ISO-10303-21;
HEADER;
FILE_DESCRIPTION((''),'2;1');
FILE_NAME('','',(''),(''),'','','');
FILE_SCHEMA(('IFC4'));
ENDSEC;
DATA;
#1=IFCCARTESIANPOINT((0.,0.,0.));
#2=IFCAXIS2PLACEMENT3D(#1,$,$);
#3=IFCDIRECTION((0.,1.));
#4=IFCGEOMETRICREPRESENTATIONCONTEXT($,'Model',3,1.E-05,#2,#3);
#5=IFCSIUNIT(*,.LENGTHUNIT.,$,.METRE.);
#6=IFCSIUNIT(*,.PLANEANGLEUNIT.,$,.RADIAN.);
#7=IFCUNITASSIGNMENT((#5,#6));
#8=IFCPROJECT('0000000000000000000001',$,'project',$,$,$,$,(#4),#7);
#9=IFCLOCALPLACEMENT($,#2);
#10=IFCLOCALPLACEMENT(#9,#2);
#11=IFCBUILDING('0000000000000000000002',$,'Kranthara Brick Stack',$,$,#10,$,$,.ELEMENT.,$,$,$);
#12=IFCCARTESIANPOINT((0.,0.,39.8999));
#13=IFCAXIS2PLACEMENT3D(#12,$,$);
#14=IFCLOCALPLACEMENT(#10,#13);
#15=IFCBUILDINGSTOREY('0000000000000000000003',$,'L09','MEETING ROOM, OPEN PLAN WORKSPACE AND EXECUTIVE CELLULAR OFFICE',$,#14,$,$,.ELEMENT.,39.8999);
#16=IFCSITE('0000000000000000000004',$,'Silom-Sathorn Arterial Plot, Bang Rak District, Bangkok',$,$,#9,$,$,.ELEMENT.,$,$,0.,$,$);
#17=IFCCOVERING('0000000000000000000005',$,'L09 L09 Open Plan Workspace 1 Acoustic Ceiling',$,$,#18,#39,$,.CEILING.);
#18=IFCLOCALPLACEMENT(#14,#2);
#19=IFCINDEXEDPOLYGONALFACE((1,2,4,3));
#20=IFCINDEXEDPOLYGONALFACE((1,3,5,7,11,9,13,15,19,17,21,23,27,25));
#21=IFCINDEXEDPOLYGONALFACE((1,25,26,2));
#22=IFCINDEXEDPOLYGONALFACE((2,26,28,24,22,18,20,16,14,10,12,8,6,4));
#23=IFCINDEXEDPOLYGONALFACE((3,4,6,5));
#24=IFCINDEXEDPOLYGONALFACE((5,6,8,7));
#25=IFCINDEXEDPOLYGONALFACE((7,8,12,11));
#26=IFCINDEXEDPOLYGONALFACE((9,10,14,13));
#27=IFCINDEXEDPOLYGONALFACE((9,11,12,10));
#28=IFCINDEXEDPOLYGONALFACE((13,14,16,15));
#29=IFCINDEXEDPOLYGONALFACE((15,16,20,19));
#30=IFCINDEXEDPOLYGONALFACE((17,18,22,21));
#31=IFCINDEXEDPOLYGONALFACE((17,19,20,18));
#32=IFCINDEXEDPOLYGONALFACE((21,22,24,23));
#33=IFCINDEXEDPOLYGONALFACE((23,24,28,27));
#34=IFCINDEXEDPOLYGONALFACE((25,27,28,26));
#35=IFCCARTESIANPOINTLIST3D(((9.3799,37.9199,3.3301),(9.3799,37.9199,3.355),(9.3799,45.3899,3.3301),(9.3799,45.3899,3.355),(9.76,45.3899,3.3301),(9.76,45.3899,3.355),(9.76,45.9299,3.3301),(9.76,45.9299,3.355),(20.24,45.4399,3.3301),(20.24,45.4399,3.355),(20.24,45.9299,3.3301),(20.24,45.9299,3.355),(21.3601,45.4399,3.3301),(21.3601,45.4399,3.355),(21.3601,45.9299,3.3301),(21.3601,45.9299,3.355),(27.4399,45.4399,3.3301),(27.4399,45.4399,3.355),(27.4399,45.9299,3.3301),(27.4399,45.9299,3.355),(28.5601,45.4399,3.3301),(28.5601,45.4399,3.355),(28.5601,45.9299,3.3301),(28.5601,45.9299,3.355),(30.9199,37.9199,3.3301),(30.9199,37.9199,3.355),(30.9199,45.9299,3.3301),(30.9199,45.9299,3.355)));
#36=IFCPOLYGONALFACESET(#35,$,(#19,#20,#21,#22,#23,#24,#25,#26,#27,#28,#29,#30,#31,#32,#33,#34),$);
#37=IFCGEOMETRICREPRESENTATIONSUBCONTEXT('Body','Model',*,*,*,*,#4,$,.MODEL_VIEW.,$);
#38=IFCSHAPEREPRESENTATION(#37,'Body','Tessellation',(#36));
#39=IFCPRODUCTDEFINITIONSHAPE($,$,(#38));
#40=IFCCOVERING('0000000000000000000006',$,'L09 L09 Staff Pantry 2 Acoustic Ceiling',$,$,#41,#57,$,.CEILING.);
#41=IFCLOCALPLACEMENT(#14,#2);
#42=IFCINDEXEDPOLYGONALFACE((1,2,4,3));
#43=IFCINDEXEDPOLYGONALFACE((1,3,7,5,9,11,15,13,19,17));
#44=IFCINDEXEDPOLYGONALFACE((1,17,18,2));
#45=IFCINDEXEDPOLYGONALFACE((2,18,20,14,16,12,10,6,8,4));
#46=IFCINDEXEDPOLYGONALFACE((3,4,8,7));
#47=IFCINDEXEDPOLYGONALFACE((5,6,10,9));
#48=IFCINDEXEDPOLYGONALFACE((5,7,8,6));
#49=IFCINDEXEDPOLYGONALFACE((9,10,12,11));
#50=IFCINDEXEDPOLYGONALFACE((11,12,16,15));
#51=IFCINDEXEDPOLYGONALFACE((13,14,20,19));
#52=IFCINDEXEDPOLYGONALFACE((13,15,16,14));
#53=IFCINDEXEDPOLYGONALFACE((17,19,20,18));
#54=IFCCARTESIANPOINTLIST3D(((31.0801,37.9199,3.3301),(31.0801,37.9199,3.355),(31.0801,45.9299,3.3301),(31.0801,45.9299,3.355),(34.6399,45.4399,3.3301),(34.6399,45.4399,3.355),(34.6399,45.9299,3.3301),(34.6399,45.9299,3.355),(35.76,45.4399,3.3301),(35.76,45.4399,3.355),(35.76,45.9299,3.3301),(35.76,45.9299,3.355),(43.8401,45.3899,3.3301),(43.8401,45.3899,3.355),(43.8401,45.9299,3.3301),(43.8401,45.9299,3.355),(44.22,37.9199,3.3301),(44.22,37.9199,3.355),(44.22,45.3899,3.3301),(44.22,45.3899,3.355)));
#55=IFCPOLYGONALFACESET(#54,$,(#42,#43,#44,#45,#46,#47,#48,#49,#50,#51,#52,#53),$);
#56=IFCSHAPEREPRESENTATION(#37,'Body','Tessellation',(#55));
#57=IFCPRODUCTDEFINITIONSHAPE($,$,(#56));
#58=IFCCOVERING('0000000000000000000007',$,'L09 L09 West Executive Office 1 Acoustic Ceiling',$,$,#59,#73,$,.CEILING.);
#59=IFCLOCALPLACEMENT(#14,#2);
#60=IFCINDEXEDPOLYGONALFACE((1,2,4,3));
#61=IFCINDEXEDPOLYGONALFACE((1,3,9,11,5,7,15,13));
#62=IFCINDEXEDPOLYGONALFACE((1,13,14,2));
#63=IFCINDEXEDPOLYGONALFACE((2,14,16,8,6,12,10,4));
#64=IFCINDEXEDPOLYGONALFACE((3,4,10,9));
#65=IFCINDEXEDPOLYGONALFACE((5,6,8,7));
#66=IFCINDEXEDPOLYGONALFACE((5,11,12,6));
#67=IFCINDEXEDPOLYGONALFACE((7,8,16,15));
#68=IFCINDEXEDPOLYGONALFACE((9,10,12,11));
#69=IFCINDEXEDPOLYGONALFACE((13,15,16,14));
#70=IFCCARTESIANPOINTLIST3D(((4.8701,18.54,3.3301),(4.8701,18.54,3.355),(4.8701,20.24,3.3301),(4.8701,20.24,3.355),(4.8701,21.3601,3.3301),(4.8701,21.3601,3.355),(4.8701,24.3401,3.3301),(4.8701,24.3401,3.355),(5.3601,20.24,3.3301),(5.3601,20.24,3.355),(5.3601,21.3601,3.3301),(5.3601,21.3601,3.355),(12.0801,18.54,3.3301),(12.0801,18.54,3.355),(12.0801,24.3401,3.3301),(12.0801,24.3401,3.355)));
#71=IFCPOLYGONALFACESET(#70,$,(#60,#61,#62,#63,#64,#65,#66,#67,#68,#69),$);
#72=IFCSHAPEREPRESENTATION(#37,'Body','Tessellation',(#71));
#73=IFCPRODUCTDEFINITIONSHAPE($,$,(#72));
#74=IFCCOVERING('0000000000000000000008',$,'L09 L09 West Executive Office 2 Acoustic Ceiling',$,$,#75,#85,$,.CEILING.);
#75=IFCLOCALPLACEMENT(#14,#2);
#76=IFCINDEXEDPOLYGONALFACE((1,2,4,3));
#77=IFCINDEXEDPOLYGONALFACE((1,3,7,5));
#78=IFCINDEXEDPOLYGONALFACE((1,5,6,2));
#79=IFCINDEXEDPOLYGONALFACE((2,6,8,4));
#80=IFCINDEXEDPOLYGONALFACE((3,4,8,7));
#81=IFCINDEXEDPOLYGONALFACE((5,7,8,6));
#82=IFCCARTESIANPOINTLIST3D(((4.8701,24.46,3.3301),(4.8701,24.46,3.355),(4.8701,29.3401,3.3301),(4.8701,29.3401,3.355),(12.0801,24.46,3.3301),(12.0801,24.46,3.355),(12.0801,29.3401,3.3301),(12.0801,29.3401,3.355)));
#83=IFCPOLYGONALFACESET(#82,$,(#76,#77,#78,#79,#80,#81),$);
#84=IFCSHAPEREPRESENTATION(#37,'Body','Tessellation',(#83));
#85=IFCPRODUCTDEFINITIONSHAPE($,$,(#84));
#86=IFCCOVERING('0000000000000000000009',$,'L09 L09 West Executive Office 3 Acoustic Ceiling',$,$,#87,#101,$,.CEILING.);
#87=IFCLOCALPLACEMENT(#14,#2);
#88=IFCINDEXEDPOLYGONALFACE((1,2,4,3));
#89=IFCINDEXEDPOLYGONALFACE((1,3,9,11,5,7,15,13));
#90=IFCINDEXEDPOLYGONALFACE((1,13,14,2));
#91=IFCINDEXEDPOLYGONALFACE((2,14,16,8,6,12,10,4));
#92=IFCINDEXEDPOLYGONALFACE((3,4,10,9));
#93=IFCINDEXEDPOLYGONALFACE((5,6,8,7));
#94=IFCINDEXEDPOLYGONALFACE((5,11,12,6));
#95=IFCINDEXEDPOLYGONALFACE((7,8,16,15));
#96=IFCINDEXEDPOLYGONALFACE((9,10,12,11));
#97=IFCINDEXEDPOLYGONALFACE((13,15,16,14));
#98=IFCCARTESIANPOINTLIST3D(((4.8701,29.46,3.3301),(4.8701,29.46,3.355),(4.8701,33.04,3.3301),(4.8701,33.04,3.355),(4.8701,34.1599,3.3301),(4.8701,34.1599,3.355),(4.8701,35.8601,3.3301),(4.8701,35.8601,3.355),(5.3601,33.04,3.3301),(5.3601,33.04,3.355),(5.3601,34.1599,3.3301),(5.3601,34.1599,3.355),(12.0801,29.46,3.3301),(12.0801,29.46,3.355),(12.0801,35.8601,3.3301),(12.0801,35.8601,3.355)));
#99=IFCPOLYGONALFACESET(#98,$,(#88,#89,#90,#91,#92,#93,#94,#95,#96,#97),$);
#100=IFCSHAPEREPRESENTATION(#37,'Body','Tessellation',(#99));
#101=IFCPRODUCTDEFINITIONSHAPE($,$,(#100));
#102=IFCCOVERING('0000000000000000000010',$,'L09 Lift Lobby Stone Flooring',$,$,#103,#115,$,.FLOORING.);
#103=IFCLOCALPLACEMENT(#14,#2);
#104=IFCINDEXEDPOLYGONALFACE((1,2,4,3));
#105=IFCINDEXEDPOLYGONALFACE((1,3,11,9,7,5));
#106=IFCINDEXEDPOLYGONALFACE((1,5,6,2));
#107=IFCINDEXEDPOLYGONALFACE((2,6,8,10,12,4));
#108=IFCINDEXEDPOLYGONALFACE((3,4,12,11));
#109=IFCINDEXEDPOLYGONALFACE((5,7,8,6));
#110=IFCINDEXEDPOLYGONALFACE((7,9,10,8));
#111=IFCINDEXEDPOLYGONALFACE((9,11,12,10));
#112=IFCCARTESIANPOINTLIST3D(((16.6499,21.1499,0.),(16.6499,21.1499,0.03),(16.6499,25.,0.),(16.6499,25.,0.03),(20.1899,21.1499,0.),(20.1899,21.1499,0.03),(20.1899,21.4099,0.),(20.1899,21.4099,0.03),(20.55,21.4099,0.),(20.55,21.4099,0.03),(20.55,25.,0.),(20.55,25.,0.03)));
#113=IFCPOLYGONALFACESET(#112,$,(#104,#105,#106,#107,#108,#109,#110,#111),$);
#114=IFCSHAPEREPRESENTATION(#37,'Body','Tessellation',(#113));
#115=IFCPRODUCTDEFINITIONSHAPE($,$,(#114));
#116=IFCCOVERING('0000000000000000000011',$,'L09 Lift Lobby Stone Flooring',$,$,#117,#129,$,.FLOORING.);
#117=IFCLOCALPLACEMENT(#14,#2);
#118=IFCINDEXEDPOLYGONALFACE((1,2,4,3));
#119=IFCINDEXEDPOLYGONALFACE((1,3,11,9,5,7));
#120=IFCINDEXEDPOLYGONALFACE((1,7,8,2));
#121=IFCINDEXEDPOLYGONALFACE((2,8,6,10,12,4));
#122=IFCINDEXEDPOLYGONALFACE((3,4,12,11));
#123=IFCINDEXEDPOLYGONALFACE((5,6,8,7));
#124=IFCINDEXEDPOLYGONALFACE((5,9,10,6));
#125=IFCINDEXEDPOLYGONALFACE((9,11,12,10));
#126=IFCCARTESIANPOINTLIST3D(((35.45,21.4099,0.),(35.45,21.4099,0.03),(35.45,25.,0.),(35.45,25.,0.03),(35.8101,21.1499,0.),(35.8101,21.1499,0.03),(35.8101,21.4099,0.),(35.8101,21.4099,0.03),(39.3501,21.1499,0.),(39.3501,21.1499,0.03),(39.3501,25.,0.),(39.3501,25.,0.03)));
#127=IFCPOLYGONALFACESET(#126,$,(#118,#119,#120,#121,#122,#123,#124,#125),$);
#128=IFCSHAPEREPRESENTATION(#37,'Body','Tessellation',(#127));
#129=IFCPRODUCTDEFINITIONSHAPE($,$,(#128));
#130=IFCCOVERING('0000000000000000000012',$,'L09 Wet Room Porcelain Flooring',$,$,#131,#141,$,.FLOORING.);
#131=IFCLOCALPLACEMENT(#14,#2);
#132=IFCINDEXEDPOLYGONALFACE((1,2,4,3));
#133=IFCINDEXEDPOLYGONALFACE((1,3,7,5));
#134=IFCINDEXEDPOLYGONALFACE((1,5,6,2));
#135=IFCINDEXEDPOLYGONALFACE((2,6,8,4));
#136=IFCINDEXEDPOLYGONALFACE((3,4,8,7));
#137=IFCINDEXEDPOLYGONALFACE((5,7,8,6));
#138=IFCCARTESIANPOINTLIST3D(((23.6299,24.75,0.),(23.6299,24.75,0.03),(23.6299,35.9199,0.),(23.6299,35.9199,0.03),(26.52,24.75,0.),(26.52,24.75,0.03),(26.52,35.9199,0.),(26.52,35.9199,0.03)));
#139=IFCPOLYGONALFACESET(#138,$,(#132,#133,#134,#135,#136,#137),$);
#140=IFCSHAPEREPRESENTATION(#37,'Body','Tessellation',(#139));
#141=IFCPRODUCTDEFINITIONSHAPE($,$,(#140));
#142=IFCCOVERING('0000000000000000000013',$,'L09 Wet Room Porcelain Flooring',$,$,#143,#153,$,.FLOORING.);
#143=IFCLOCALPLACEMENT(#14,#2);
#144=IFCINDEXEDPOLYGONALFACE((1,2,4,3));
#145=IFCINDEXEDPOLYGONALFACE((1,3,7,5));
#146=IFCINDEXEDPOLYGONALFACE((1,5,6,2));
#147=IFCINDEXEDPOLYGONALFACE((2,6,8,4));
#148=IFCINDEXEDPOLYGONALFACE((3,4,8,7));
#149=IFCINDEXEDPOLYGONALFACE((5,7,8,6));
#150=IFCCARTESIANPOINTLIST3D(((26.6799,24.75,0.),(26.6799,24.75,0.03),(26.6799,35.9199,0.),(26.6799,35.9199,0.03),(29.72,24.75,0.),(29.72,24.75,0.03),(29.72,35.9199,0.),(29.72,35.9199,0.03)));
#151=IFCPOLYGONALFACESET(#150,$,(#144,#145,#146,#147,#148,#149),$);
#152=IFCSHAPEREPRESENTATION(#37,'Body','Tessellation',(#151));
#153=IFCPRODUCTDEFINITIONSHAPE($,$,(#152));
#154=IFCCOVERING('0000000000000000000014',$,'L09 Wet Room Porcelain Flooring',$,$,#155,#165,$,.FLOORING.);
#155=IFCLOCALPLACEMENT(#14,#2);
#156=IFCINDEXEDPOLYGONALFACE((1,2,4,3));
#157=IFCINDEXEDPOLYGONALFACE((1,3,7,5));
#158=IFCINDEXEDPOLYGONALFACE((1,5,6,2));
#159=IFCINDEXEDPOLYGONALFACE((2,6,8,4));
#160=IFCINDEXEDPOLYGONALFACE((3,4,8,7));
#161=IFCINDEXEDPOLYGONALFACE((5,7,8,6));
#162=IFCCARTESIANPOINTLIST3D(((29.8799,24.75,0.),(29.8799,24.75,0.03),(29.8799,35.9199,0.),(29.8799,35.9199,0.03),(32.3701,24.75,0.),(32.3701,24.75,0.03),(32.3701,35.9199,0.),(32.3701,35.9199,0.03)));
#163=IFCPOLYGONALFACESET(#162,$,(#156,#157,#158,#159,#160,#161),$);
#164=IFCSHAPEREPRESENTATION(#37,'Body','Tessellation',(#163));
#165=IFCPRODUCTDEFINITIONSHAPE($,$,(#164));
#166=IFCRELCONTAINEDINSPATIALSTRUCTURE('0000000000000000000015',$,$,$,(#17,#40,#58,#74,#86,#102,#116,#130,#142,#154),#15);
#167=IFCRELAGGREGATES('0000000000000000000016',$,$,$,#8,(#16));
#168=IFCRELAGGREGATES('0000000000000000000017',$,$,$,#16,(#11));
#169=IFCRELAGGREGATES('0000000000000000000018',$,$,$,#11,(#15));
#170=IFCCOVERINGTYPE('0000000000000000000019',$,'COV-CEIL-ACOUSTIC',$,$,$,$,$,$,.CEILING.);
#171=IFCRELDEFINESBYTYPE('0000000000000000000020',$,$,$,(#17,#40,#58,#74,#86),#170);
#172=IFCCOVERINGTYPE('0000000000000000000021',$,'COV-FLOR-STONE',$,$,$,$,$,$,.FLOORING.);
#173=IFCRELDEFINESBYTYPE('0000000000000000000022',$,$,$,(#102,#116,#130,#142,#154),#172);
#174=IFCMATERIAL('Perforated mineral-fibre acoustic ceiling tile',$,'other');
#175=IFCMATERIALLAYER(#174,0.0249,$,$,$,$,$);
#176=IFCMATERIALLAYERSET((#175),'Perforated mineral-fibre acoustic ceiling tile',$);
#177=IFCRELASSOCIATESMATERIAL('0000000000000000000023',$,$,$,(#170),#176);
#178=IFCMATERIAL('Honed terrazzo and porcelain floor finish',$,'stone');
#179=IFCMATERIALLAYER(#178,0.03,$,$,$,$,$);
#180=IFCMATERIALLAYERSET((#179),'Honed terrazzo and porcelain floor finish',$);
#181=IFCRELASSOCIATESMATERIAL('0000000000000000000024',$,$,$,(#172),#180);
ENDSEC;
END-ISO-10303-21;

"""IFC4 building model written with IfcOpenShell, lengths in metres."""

from ifc_helpers import new_model, si_unit, direction, frame, origin, place, context, subcontext, project, spatial, polyline, outline, extrude, material, layer, layer_set, type_object, element, save


model = new_model("IFC4")

# Units and contexts
model_context = context("Model", 3, precision=1e-05, world=origin(), true_north=direction((0.0, 1.0)))
body_context = subcontext(model_context, "Body", "Model", "MODEL_VIEW")
ifc_project = project(units=[si_unit("LENGTHUNIT", "METRE"), si_unit("PLANEANGLEUNIT", "RADIAN")], contexts=[model_context])

# Site, building, storey
site_placement = place(None, origin())
site = spatial("IfcSite", under=ifc_project, at=site_placement, Name="Silom-Sathorn Arterial Plot, Bang Rak District, Bangkok", CompositionType="ELEMENT", RefElevation=0.0)
building_placement = place(site_placement, origin())
building = spatial("IfcBuilding", under=site, at=building_placement, Name="Kranthara Brick Stack", CompositionType="ELEMENT")
storey_placement = place(building_placement, frame((0.0, 0.0, 39.8999)))
storey = spatial("IfcBuildingStorey", under=building, at=storey_placement, Name="L09", Description="MEETING ROOM, OPEN PLAN WORKSPACE AND EXECUTIVE CELLULAR OFFICE", CompositionType="ELEMENT", Elevation=39.8999)

# Coverings
ifc_material_1 = material(Name="Perforated mineral-fibre acoustic ceiling tile", Category="other")
ifc_layer_1 = layer(ifc_material_1, 0.0249)
ifc_layer_set_1 = layer_set([ifc_layer_1], Name="Perforated mineral-fibre acoustic ceiling tile")
covering_type_1 = type_object("IfcCoveringType", Name="COV-CEIL-ACOUSTIC", PredefinedType="CEILING", material=ifc_layer_set_1)
covering_1_placement = place(storey_placement, frame((0.0, 0.0, 3.3301)))
element("IfcCovering", 1, at=covering_1_placement, inside=storey, type_object=covering_type_1, Name="L09 L09 Open Plan Workspace 1 Acoustic Ceiling", PredefinedType="CEILING", context=body_context, shape_type="SweptSolid", body=[
    extrude(outline(polyline([(9.3799, 37.9199), (9.3799, 45.3899), (9.76, 45.3899), (9.76, 45.9299), (20.24, 45.9299), (20.24, 45.4399), (21.3601, 45.4399), (21.3601, 45.9299), (27.4399, 45.9299), (27.4399, 45.4399), (28.5601, 45.4399), (28.5601, 45.9299), (30.9199, 45.9299), (30.9199, 37.9199), (9.3799, 37.9199)])), origin(), (0.0, 0.0, 1.0), 0.0249),
])
covering_2_placement = place(storey_placement, frame((0.0, 0.0, 3.3301)))
element("IfcCovering", 2, at=covering_2_placement, inside=storey, type_object=covering_type_1, Name="L09 L09 Staff Pantry 2 Acoustic Ceiling", PredefinedType="CEILING", context=body_context, shape_type="SweptSolid", body=[
    extrude(outline(polyline([(44.22, 37.9199), (31.0801, 37.9199), (31.0801, 45.9299), (34.6399, 45.9299), (34.6399, 45.4399), (35.76, 45.4399), (35.76, 45.9299), (43.8401, 45.9299), (43.8401, 45.3899), (44.22, 45.3899), (44.22, 37.9199)])), origin(), (0.0, 0.0, 1.0), 0.0249),
])
covering_3_placement = place(storey_placement, frame((0.0, 0.0, 3.3301)))
element("IfcCovering", 3, at=covering_3_placement, inside=storey, type_object=covering_type_1, Name="L09 L09 West Executive Office 1 Acoustic Ceiling", PredefinedType="CEILING", context=body_context, shape_type="SweptSolid", body=[
    extrude(outline(polyline([(4.8701, 24.3401), (12.0801, 24.3401), (12.0801, 18.54), (4.8701, 18.54), (4.8701, 20.24), (5.3601, 20.24), (5.3601, 21.3601), (4.8701, 21.3601), (4.8701, 24.3401)])), origin(), (0.0, 0.0, 1.0), 0.0249),
])
covering_4_placement = place(storey_placement, frame((0.0, 0.0, 3.3301)))
element("IfcCovering", 4, at=covering_4_placement, inside=storey, type_object=covering_type_1, Name="L09 L09 West Executive Office 2 Acoustic Ceiling", PredefinedType="CEILING", context=body_context, shape_type="SweptSolid", body=[
    extrude(outline(polyline([(12.0801, 24.46), (12.0801, 29.3401), (4.8701, 29.3401), (4.8701, 24.46), (12.0801, 24.46)])), origin(), (0.0, 0.0, 1.0), 0.0249),
])
covering_5_placement = place(storey_placement, frame((0.0, 0.0, 3.3301)))
element("IfcCovering", 5, at=covering_5_placement, inside=storey, type_object=covering_type_1, Name="L09 L09 West Executive Office 3 Acoustic Ceiling", PredefinedType="CEILING", context=body_context, shape_type="SweptSolid", body=[
    extrude(outline(polyline([(4.8701, 35.8601), (12.0801, 35.8601), (12.0801, 29.46), (4.8701, 29.46), (4.8701, 33.04), (5.3601, 33.04), (5.3601, 34.1599), (4.8701, 34.1599), (4.8701, 35.8601)])), origin(), (0.0, 0.0, 1.0), 0.0249),
])
ifc_material_2 = material(Name="Honed terrazzo and porcelain floor finish", Category="stone")
ifc_layer_2 = layer(ifc_material_2, 0.03)
ifc_layer_set_2 = layer_set([ifc_layer_2], Name="Honed terrazzo and porcelain floor finish")
covering_type_2 = type_object("IfcCoveringType", Name="COV-FLOR-STONE", PredefinedType="FLOORING", material=ifc_layer_set_2)
covering_6_placement = place(storey_placement, origin())
element("IfcCovering", 6, at=covering_6_placement, inside=storey, type_object=covering_type_2, Name="L09 Lift Lobby Stone Flooring", PredefinedType="FLOORING", context=body_context, shape_type="SweptSolid", body=[
    extrude(outline(polyline([(16.6499, 21.1499), (16.6499, 25.0), (20.55, 25.0), (20.55, 21.4099), (20.1899, 21.4099), (20.1899, 21.1499), (16.6499, 21.1499)])), origin(), (0.0, 0.0, 1.0), 0.03),
])
covering_7_placement = place(storey_placement, origin())
element("IfcCovering", 7, at=covering_7_placement, inside=storey, type_object=covering_type_2, Name="L09 Lift Lobby Stone Flooring", PredefinedType="FLOORING", context=body_context, shape_type="SweptSolid", body=[
    extrude(outline(polyline([(35.45, 25.0), (39.3501, 25.0), (39.3501, 21.1499), (35.8101, 21.1499), (35.8101, 21.4099), (35.45, 21.4099), (35.45, 25.0)])), origin(), (0.0, 0.0, 1.0), 0.03),
])
covering_8_placement = place(storey_placement, origin())
element("IfcCovering", 8, at=covering_8_placement, inside=storey, type_object=covering_type_2, Name="L09 Wet Room Porcelain Flooring", PredefinedType="FLOORING", context=body_context, shape_type="SweptSolid", body=[
    extrude(outline(polyline([(26.52, 24.75), (26.52, 35.9199), (23.6299, 35.9199), (23.6299, 24.75), (26.52, 24.75)])), origin(), (0.0, 0.0, 1.0), 0.03),
])
covering_9_placement = place(storey_placement, origin())
element("IfcCovering", 9, at=covering_9_placement, inside=storey, type_object=covering_type_2, Name="L09 Wet Room Porcelain Flooring", PredefinedType="FLOORING", context=body_context, shape_type="SweptSolid", body=[
    extrude(outline(polyline([(29.72, 24.75), (29.72, 35.9199), (26.6799, 35.9199), (26.6799, 24.75), (29.72, 24.75)])), origin(), (0.0, 0.0, 1.0), 0.03),
])
covering_10_placement = place(storey_placement, origin())
element("IfcCovering", 10, at=covering_10_placement, inside=storey, type_object=covering_type_2, Name="L09 Wet Room Porcelain Flooring", PredefinedType="FLOORING", context=body_context, shape_type="SweptSolid", body=[
    extrude(outline(polyline([(32.3701, 24.75), (32.3701, 35.9199), (29.8799, 35.9199), (29.8799, 24.75), (32.3701, 24.75)])), origin(), (0.0, 0.0, 1.0), 0.03),
])

save(model, "model.ifc")
